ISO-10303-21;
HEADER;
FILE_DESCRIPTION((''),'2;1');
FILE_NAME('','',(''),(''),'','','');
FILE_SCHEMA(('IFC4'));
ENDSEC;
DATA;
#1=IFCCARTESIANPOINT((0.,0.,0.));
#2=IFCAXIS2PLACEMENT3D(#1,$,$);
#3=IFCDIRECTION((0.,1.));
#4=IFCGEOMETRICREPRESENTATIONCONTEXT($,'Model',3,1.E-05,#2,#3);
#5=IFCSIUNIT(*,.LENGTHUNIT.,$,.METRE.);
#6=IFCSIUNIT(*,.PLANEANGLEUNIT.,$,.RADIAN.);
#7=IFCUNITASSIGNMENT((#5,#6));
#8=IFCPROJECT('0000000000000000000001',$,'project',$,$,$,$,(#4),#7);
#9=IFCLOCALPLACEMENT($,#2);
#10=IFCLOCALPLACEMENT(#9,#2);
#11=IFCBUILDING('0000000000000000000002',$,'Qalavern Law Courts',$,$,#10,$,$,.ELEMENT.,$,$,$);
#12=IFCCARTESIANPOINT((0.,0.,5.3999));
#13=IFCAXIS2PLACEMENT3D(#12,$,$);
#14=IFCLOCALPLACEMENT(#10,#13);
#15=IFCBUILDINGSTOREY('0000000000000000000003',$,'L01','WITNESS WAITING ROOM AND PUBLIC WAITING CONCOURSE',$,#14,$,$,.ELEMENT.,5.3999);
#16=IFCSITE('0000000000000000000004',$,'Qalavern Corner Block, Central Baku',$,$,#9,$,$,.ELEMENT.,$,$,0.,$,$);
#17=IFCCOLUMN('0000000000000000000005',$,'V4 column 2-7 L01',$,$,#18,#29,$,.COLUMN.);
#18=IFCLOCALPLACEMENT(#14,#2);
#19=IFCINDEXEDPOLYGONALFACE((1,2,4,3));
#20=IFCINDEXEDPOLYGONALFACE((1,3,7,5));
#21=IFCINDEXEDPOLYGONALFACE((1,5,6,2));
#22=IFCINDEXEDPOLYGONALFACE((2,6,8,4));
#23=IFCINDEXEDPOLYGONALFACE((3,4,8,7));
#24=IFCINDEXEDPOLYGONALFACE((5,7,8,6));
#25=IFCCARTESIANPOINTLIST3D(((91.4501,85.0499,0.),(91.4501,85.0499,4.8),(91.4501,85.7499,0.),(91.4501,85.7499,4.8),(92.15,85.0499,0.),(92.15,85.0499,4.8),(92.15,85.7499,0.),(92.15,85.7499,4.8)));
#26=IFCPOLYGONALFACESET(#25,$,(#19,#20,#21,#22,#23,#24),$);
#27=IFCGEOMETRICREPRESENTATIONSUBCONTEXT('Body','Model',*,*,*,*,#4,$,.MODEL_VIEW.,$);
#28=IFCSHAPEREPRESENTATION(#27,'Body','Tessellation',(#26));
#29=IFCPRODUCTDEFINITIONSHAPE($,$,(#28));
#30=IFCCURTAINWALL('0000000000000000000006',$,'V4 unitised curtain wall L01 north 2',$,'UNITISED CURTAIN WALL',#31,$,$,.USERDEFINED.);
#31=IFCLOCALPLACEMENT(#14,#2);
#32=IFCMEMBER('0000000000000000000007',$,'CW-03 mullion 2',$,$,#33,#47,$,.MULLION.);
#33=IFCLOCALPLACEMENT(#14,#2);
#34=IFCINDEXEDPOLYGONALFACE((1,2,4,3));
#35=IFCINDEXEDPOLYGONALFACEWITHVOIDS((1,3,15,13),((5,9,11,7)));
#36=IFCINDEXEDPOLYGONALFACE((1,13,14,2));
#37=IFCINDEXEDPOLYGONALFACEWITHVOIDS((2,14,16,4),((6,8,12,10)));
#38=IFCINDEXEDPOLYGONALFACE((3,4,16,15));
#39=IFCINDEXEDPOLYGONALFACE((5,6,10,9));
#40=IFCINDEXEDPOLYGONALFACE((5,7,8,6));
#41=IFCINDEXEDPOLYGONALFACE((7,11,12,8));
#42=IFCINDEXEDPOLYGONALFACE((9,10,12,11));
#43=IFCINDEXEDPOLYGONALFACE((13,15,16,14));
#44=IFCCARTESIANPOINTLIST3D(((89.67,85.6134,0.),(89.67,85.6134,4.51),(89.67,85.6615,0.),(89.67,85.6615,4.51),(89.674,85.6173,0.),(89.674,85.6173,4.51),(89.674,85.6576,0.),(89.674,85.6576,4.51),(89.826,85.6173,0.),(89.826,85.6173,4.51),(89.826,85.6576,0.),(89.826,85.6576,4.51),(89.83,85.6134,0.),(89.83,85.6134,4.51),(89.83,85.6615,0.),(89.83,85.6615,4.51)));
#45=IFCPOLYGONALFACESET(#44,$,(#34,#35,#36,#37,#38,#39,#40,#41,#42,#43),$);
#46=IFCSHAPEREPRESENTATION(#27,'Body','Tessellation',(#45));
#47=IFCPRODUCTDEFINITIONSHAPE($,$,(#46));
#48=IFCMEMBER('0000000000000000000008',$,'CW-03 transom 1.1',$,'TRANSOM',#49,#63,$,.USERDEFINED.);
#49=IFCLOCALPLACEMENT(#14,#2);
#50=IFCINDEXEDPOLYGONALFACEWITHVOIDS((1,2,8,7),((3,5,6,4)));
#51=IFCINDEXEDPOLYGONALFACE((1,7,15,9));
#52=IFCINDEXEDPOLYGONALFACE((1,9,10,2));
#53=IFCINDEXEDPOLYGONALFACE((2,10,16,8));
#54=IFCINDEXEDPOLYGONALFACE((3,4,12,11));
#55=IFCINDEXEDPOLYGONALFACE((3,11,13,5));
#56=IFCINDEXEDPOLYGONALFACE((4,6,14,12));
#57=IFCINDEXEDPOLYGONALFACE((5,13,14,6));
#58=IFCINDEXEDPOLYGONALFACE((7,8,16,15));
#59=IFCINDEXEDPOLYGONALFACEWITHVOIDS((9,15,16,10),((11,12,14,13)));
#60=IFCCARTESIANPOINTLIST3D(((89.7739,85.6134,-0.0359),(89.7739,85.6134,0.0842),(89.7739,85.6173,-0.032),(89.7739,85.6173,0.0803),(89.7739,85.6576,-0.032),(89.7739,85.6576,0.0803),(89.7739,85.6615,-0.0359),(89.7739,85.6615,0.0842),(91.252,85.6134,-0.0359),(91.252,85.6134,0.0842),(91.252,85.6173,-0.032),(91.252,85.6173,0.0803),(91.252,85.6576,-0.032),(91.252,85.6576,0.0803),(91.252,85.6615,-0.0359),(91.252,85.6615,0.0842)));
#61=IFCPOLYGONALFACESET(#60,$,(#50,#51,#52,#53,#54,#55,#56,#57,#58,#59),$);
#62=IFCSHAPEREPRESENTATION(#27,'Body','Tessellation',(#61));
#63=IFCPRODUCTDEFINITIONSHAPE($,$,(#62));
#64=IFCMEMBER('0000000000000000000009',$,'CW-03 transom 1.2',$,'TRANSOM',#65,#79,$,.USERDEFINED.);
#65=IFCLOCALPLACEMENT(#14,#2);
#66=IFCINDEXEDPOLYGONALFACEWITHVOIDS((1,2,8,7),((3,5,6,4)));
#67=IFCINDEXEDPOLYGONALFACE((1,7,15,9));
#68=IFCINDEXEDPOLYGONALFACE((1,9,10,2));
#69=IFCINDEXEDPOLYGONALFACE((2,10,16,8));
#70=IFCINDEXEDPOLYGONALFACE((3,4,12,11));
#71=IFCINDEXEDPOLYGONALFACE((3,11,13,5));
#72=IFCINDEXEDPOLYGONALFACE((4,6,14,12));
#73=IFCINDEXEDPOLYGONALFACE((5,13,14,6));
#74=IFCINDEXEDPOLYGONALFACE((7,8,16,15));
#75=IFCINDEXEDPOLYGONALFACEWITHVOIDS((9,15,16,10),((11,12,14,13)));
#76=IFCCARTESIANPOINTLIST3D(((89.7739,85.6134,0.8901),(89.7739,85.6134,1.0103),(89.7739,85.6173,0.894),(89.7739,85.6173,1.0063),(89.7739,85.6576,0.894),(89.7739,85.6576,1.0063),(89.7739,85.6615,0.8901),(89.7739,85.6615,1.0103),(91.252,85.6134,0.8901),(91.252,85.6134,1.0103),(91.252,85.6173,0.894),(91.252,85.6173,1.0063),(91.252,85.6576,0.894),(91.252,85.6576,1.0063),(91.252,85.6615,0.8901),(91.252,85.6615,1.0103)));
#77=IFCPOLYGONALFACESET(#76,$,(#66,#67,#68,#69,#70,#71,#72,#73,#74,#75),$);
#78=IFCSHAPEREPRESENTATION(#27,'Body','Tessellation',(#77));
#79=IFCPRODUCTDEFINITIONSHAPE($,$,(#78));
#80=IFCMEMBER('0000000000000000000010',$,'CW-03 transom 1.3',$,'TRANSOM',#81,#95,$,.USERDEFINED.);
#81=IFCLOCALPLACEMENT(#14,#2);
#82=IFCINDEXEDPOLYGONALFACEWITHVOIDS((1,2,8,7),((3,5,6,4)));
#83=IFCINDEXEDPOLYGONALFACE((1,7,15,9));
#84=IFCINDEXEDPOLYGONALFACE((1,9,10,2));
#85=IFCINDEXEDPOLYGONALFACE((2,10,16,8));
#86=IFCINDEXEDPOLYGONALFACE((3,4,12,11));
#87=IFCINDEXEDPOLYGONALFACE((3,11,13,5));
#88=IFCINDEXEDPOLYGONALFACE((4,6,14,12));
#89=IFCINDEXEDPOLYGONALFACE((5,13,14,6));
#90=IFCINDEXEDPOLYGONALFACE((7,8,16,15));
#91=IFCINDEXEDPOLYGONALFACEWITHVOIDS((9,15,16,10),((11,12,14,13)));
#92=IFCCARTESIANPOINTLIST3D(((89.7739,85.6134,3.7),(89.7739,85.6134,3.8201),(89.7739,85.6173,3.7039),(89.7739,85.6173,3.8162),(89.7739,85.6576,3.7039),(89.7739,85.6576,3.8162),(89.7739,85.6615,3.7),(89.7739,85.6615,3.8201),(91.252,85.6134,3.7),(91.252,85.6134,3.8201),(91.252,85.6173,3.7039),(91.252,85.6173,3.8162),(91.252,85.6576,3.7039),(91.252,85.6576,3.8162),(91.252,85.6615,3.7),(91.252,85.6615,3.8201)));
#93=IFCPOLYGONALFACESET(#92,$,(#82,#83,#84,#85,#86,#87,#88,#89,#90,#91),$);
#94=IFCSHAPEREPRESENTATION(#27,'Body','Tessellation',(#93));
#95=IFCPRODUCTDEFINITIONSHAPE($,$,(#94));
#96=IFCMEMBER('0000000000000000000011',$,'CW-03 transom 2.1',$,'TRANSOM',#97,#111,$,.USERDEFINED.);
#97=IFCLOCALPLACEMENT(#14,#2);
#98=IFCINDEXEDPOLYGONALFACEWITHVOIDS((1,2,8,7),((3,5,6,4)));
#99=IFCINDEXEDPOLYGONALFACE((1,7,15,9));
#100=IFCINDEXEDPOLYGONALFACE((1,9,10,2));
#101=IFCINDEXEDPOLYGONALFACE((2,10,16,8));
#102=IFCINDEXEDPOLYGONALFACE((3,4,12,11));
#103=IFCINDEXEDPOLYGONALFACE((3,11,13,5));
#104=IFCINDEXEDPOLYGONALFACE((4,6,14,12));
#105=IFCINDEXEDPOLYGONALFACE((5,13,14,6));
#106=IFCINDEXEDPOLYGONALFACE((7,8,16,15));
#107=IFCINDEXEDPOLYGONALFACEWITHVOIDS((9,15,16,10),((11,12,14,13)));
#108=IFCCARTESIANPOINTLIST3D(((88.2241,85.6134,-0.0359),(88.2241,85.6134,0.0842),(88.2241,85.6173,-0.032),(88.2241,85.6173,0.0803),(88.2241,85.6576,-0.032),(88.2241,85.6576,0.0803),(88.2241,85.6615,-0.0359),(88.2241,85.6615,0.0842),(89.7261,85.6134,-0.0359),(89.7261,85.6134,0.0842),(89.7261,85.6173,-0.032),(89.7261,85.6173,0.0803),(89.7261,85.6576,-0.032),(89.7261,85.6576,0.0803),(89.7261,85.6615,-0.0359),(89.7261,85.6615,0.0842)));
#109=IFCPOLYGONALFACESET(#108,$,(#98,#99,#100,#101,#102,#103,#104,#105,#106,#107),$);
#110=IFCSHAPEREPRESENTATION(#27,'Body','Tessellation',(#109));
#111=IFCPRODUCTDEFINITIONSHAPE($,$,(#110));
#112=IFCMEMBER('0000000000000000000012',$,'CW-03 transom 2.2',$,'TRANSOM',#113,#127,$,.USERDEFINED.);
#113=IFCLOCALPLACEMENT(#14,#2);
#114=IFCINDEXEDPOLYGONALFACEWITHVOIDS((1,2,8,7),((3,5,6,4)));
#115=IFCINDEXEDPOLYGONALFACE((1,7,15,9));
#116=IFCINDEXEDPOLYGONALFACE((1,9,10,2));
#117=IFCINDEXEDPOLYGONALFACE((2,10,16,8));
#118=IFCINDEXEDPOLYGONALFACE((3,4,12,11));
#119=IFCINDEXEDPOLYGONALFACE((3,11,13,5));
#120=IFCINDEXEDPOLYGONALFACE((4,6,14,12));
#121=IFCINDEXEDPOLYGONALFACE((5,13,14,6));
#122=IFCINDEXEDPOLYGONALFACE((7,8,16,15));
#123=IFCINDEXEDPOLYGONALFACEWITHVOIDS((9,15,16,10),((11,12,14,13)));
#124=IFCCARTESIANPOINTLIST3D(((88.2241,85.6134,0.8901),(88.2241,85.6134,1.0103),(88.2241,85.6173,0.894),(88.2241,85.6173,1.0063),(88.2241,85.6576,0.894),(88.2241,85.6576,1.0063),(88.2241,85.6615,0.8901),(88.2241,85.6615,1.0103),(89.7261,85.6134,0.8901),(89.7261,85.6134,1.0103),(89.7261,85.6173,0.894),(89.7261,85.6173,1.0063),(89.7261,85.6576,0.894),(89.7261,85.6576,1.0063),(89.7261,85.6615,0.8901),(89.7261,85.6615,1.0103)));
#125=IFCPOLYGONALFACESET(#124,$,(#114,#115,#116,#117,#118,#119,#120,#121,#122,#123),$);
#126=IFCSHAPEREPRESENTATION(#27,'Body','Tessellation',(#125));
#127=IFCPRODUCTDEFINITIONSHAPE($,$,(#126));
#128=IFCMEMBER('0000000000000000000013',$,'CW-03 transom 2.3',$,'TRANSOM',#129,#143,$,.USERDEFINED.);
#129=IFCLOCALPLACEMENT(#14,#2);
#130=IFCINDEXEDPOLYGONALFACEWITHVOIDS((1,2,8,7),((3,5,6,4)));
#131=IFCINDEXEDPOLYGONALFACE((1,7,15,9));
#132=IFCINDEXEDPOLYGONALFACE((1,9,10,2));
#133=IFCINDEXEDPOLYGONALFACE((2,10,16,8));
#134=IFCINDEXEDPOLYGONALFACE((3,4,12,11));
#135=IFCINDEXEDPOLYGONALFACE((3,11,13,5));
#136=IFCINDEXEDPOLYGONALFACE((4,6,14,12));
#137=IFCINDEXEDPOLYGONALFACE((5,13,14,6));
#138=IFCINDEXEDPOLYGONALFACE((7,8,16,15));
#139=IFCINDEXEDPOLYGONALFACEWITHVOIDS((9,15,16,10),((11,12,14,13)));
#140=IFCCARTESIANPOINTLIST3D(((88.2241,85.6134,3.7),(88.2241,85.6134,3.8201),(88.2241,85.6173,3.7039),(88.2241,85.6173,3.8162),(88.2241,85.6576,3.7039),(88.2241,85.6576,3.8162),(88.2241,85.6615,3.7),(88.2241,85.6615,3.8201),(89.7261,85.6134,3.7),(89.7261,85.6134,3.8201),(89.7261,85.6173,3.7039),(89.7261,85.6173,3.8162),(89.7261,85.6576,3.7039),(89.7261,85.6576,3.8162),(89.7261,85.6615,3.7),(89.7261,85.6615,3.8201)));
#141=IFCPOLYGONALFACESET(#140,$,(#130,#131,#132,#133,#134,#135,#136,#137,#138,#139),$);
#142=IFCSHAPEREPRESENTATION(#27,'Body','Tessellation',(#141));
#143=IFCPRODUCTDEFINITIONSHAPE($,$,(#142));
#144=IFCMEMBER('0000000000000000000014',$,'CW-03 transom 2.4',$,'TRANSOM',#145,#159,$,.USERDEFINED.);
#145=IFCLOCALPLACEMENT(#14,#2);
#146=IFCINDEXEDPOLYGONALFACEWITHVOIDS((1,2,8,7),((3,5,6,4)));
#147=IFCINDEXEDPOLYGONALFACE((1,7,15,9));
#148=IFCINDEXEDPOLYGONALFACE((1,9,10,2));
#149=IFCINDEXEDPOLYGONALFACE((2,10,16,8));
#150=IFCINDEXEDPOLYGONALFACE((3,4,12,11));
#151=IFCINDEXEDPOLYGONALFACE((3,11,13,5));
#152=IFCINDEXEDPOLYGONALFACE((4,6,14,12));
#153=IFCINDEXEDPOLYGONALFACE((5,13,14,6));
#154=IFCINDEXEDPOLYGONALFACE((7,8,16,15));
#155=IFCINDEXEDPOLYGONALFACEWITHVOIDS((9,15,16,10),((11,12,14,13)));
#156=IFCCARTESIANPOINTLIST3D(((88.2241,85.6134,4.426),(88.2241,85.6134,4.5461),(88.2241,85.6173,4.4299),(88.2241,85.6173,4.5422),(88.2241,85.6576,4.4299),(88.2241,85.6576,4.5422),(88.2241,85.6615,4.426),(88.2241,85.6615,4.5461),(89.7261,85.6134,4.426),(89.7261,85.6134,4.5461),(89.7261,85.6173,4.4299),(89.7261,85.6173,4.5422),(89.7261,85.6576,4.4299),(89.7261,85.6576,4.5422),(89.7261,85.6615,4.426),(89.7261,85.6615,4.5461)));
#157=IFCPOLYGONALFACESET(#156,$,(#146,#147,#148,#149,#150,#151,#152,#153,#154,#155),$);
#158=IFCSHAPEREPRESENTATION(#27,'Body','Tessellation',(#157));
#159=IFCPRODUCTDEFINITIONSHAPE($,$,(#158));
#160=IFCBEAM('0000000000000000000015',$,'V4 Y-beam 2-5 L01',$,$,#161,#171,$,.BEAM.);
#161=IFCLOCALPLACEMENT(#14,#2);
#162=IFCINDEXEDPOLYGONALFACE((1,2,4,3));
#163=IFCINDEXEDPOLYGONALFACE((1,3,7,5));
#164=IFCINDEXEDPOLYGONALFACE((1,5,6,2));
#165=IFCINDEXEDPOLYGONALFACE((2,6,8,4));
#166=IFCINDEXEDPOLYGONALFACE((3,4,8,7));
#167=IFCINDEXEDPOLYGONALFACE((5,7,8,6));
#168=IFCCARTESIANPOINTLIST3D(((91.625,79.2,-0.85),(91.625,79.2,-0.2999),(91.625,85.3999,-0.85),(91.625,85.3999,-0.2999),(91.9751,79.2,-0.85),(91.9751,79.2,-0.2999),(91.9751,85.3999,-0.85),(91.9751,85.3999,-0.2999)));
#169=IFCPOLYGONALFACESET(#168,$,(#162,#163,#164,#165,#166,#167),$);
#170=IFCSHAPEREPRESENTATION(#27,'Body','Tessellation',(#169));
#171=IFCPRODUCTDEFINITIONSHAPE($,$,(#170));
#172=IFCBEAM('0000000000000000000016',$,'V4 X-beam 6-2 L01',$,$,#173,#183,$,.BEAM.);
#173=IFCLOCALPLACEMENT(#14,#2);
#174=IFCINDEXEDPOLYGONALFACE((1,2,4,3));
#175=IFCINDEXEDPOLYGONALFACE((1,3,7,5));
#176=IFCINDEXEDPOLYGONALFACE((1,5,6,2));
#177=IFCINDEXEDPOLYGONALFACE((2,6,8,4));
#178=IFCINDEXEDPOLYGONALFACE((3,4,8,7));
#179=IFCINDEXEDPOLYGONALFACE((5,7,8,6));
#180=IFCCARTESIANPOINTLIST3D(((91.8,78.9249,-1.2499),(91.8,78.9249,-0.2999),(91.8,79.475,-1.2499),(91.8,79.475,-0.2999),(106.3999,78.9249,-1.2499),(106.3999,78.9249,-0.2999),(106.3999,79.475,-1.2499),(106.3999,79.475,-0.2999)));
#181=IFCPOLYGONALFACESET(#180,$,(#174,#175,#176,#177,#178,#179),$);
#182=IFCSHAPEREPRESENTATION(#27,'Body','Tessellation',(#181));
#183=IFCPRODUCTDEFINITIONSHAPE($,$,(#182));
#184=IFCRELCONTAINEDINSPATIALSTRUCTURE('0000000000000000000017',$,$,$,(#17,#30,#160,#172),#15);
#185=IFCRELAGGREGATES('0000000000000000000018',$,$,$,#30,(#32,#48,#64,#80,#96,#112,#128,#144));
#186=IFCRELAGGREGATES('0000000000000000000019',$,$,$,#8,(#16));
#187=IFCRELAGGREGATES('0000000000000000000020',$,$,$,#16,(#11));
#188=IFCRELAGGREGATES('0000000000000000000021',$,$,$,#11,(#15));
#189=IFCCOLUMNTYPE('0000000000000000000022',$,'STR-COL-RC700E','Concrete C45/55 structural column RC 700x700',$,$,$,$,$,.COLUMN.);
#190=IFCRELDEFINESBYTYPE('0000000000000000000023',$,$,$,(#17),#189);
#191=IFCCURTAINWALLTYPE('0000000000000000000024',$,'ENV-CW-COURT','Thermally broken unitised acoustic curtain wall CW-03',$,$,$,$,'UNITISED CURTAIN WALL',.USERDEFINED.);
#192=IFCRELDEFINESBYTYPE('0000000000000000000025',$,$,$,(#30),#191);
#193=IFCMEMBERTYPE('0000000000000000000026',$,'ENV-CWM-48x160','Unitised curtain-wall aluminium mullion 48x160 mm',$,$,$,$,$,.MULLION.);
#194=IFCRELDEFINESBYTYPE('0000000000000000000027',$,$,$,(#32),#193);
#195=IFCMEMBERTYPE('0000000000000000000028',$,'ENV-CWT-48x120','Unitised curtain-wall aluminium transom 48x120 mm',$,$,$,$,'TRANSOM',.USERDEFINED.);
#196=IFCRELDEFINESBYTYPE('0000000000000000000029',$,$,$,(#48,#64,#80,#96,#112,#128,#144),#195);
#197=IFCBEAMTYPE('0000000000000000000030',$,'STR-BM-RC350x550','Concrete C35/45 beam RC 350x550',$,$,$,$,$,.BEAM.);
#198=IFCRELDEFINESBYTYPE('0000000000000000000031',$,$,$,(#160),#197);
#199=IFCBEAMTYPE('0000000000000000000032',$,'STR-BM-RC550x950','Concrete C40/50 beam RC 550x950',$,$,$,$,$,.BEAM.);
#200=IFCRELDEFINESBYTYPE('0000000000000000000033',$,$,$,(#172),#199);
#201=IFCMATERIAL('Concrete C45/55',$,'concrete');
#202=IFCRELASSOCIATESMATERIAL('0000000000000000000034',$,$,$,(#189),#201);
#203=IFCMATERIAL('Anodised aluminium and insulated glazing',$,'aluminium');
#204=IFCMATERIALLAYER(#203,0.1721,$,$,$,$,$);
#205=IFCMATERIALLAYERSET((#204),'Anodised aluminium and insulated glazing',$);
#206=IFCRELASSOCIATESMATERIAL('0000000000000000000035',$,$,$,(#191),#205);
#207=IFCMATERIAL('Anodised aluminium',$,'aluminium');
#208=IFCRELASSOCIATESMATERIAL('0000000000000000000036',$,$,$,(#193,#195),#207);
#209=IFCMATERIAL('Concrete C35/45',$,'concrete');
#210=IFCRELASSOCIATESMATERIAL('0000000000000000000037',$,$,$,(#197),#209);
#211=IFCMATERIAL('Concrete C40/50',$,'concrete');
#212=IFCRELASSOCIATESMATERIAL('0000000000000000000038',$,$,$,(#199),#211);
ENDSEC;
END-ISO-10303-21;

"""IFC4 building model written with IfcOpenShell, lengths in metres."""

from ifc_helpers import new_model, si_unit, direction, frame, origin, origin_2d, place, context, subcontext, project, spatial, rectangle, hollow_rectangle, extrude, material, layer, layer_set, material_profile, profile_set, type_object, element, aggregate, save


model = new_model("IFC4")

# Units and contexts
model_context = context("Model", 3, precision=1e-05, world=origin(), true_north=direction((0.0, 1.0)))
body_context = subcontext(model_context, "Body", "Model", "MODEL_VIEW")
ifc_project = project(units=[si_unit("LENGTHUNIT", "METRE"), si_unit("PLANEANGLEUNIT", "RADIAN")], contexts=[model_context])

# Site, building, storey
site_placement = place(None, origin())
site = spatial("IfcSite", under=ifc_project, at=site_placement, Name="Qalavern Corner Block, Central Baku", CompositionType="ELEMENT", RefElevation=0.0)
building_placement = place(site_placement, origin())
building = spatial("IfcBuilding", under=site, at=building_placement, Name="Qalavern Law Courts", CompositionType="ELEMENT")
storey_placement = place(building_placement, frame((0.0, 0.0, 5.3999)))
storey = spatial("IfcBuildingStorey", under=building, at=storey_placement, Name="L01", Description="WITNESS WAITING ROOM AND PUBLIC WAITING CONCOURSE", CompositionType="ELEMENT", Elevation=5.3999)

# Column
ifc_material_1 = material(Name="Concrete C45/55", Category="concrete")
ifc_material_profile_1 = material_profile(ifc_material_1, rectangle(XDim=0.7, YDim=0.7, at=origin_2d()), Name="RC 700x700")
ifc_profile_set_1 = profile_set([ifc_material_profile_1], Name="Concrete C45/55")
column_type = type_object("IfcColumnType", Name="STR-COL-RC700E", Description="Concrete C45/55 structural column RC 700x700", PredefinedType="COLUMN", material=ifc_profile_set_1)
column_placement = place(storey_placement, frame((91.8, 85.3999, 0.0), z_axis=(0.0, 0.0, 1.0), x_axis=(1.0, 0.0, 0.0)))
element("IfcColumn", 1, at=column_placement, inside=storey, type_object=column_type, Name="V4 column 2-7 L01", PredefinedType="COLUMN", context=body_context, shape_type="SweptSolid", body=[
    extrude(rectangle(XDim=0.7, YDim=0.7, at=origin_2d()), origin(), (0.0, 0.0, 1.0), 4.8),
])

# Curtain wall, members
ifc_material_2 = material(Name="Anodised aluminium and insulated glazing", Category="aluminium")
ifc_layer_1 = layer(ifc_material_2, 0.1721)
ifc_layer_set_1 = layer_set([ifc_layer_1], Name="Anodised aluminium and insulated glazing")
curtain_wall_type = type_object("IfcCurtainWallType", Name="ENV-CW-COURT", Description="Thermally broken unitised acoustic curtain wall CW-03", ElementType="UNITISED CURTAIN WALL", PredefinedType="USERDEFINED", material=ifc_layer_set_1)
curtain_wall_placement = place(storey_placement, origin())
curtain_wall = element("IfcCurtainWall", 2, at=curtain_wall_placement, inside=storey, type_object=curtain_wall_type, Name="V4 unitised curtain wall L01 north 2", ObjectType="UNITISED CURTAIN WALL", PredefinedType="USERDEFINED")
ifc_material_3 = material(Name="Anodised aluminium", Category="aluminium")
ifc_material_profile_2 = material_profile(ifc_material_3, hollow_rectangle(XDim=0.0481, YDim=0.1599, WallThickness=0.0039, at=origin_2d()), Name="ALU MULLION 48x160")
ifc_profile_set_2 = profile_set([ifc_material_profile_2], Name="Anodised aluminium")
member_type_1 = type_object("IfcMemberType", Name="ENV-CWM-48x160", Description="Unitised curtain-wall aluminium mullion 48x160 mm", PredefinedType="MULLION", material=ifc_profile_set_2)
member_1_placement = place(storey_placement, frame((89.75, 85.6375, 0.0), z_axis=(0.0, 0.0, 1.0), x_axis=(0.0, -1.0, 0.0)))
member_1 = element("IfcMember", 3, at=member_1_placement, type_object=member_type_1, Name="CW-03 mullion 2", PredefinedType="MULLION", context=body_context, shape_type="SweptSolid", body=[
    extrude(hollow_rectangle(XDim=0.0481, YDim=0.1599, WallThickness=0.0039, at=origin_2d()), origin(), (0.0, 0.0, 1.0), 4.51),
])
ifc_material_profile_3 = material_profile(ifc_material_3, hollow_rectangle(XDim=0.0481, YDim=0.1201, WallThickness=0.0039, at=origin_2d()), Name="ALU TRANSOM 48x120")
ifc_profile_set_3 = profile_set([ifc_material_profile_3], Name="Anodised aluminium")
member_type_2 = type_object("IfcMemberType", Name="ENV-CWT-48x120", Description="Unitised curtain-wall aluminium transom 48x120 mm", ElementType="TRANSOM", PredefinedType="USERDEFINED", material=ifc_profile_set_3)
member_2_placement = place(storey_placement, frame((91.252, 85.6375, 0.0242), z_axis=(-1.0, 0.0, 0.0), x_axis=(0.0, -1.0, 0.0)))
member_2 = element("IfcMember", 4, at=member_2_placement, type_object=member_type_2, Name="CW-03 transom 1.1", ObjectType="TRANSOM", PredefinedType="USERDEFINED", context=body_context, shape_type="SweptSolid", body=[
    extrude(hollow_rectangle(XDim=0.0481, YDim=0.1201, WallThickness=0.0039, at=origin_2d()), origin(), (0.0, 0.0, 1.0), 1.478),
])
member_3_placement = place(storey_placement, frame((91.252, 85.6375, 0.9502), z_axis=(-1.0, 0.0, 0.0), x_axis=(0.0, -1.0, 0.0)))
member_3 = element("IfcMember", 5, at=member_3_placement, type_object=member_type_2, Name="CW-03 transom 1.2", ObjectType="TRANSOM", PredefinedType="USERDEFINED", context=body_context, shape_type="SweptSolid", body=[
    extrude(hollow_rectangle(XDim=0.0481, YDim=0.1201, WallThickness=0.0039, at=origin_2d()), origin(), (0.0, 0.0, 1.0), 1.478),
])
member_4_placement = place(storey_placement, frame((91.252, 85.6375, 3.76), z_axis=(-1.0, 0.0, 0.0), x_axis=(0.0, -1.0, 0.0)))
member_4 = element("IfcMember", 6, at=member_4_placement, type_object=member_type_2, Name="CW-03 transom 1.3", ObjectType="TRANSOM", PredefinedType="USERDEFINED", context=body_context, shape_type="SweptSolid", body=[
    extrude(hollow_rectangle(XDim=0.0481, YDim=0.1201, WallThickness=0.0039, at=origin_2d()), origin(), (0.0, 0.0, 1.0), 1.478),
])
member_5_placement = place(storey_placement, frame((89.7261, 85.6375, 0.0242), z_axis=(-1.0, 0.0, 0.0), x_axis=(0.0, -1.0, 0.0)))
member_5 = element("IfcMember", 7, at=member_5_placement, type_object=member_type_2, Name="CW-03 transom 2.1", ObjectType="TRANSOM", PredefinedType="USERDEFINED", context=body_context, shape_type="SweptSolid", body=[
    extrude(hollow_rectangle(XDim=0.0481, YDim=0.1201, WallThickness=0.0039, at=origin_2d()), origin(), (0.0, 0.0, 1.0), 1.502),
])
member_6_placement = place(storey_placement, frame((89.7261, 85.6375, 0.9502), z_axis=(-1.0, 0.0, 0.0), x_axis=(0.0, -1.0, 0.0)))
member_6 = element("IfcMember", 8, at=member_6_placement, type_object=member_type_2, Name="CW-03 transom 2.2", ObjectType="TRANSOM", PredefinedType="USERDEFINED", context=body_context, shape_type="SweptSolid", body=[
    extrude(hollow_rectangle(XDim=0.0481, YDim=0.1201, WallThickness=0.0039, at=origin_2d()), origin(), (0.0, 0.0, 1.0), 1.502),
])
member_7_placement = place(storey_placement, frame((89.7261, 85.6375, 3.76), z_axis=(-1.0, 0.0, 0.0), x_axis=(0.0, -1.0, 0.0)))
member_7 = element("IfcMember", 9, at=member_7_placement, type_object=member_type_2, Name="CW-03 transom 2.3", ObjectType="TRANSOM", PredefinedType="USERDEFINED", context=body_context, shape_type="SweptSolid", body=[
    extrude(hollow_rectangle(XDim=0.0481, YDim=0.1201, WallThickness=0.0039, at=origin_2d()), origin(), (0.0, 0.0, 1.0), 1.502),
])
member_8_placement = place(storey_placement, frame((89.7261, 85.6375, 4.4861), z_axis=(-1.0, 0.0, 0.0), x_axis=(0.0, -1.0, 0.0)))
member_8 = element("IfcMember", 10, at=member_8_placement, type_object=member_type_2, Name="CW-03 transom 2.4", ObjectType="TRANSOM", PredefinedType="USERDEFINED", context=body_context, shape_type="SweptSolid", body=[
    extrude(hollow_rectangle(XDim=0.0481, YDim=0.1201, WallThickness=0.0039, at=origin_2d()), origin(), (0.0, 0.0, 1.0), 1.502),
])

# Beams
ifc_material_4 = material(Name="Concrete C35/45", Category="concrete")
ifc_material_profile_4 = material_profile(ifc_material_4, rectangle(XDim=0.3501, YDim=0.55, at=origin_2d()), Name="RC 350x550")
ifc_profile_set_4 = profile_set([ifc_material_profile_4], Name="Concrete C35/45")
beam_type_1 = type_object("IfcBeamType", Name="STR-BM-RC350x550", Description="Concrete C35/45 beam RC 350x550", PredefinedType="BEAM", material=ifc_profile_set_4)
beam_1_placement = place(storey_placement, frame((91.8, 79.2, -0.575), z_axis=(0.0, 1.0, 0.0), x_axis=(-1.0, 0.0, 0.0)))
element("IfcBeam", 11, at=beam_1_placement, inside=storey, type_object=beam_type_1, Name="V4 Y-beam 2-5 L01", PredefinedType="BEAM", context=body_context, shape_type="SweptSolid", body=[
    extrude(rectangle(XDim=0.3501, YDim=0.55, at=origin_2d()), origin(), (0.0, 0.0, 1.0), 6.2),
])
ifc_material_5 = material(Name="Concrete C40/50", Category="concrete")
ifc_material_profile_5 = material_profile(ifc_material_5, rectangle(XDim=0.55, YDim=0.95, at=origin_2d()), Name="RC 550x950")
ifc_profile_set_5 = profile_set([ifc_material_profile_5], Name="Concrete C40/50")
beam_type_2 = type_object("IfcBeamType", Name="STR-BM-RC550x950", Description="Concrete C40/50 beam RC 550x950", PredefinedType="BEAM", material=ifc_profile_set_5)
beam_2_placement = place(storey_placement, frame((91.8, 79.2, -0.7749), z_axis=(1.0, 0.0, 0.0), x_axis=(0.0, 1.0, 0.0)))
element("IfcBeam", 12, at=beam_2_placement, inside=storey, type_object=beam_type_2, Name="V4 X-beam 6-2 L01", PredefinedType="BEAM", context=body_context, shape_type="SweptSolid", body=[
    extrude(rectangle(XDim=0.55, YDim=0.95, at=origin_2d()), origin(), (0.0, 0.0, 1.0), 14.5999),
])

aggregate(curtain_wall, [member_1, member_2, member_3, member_4, member_5, member_6, member_7, member_8])

save(model, "model.ifc")
